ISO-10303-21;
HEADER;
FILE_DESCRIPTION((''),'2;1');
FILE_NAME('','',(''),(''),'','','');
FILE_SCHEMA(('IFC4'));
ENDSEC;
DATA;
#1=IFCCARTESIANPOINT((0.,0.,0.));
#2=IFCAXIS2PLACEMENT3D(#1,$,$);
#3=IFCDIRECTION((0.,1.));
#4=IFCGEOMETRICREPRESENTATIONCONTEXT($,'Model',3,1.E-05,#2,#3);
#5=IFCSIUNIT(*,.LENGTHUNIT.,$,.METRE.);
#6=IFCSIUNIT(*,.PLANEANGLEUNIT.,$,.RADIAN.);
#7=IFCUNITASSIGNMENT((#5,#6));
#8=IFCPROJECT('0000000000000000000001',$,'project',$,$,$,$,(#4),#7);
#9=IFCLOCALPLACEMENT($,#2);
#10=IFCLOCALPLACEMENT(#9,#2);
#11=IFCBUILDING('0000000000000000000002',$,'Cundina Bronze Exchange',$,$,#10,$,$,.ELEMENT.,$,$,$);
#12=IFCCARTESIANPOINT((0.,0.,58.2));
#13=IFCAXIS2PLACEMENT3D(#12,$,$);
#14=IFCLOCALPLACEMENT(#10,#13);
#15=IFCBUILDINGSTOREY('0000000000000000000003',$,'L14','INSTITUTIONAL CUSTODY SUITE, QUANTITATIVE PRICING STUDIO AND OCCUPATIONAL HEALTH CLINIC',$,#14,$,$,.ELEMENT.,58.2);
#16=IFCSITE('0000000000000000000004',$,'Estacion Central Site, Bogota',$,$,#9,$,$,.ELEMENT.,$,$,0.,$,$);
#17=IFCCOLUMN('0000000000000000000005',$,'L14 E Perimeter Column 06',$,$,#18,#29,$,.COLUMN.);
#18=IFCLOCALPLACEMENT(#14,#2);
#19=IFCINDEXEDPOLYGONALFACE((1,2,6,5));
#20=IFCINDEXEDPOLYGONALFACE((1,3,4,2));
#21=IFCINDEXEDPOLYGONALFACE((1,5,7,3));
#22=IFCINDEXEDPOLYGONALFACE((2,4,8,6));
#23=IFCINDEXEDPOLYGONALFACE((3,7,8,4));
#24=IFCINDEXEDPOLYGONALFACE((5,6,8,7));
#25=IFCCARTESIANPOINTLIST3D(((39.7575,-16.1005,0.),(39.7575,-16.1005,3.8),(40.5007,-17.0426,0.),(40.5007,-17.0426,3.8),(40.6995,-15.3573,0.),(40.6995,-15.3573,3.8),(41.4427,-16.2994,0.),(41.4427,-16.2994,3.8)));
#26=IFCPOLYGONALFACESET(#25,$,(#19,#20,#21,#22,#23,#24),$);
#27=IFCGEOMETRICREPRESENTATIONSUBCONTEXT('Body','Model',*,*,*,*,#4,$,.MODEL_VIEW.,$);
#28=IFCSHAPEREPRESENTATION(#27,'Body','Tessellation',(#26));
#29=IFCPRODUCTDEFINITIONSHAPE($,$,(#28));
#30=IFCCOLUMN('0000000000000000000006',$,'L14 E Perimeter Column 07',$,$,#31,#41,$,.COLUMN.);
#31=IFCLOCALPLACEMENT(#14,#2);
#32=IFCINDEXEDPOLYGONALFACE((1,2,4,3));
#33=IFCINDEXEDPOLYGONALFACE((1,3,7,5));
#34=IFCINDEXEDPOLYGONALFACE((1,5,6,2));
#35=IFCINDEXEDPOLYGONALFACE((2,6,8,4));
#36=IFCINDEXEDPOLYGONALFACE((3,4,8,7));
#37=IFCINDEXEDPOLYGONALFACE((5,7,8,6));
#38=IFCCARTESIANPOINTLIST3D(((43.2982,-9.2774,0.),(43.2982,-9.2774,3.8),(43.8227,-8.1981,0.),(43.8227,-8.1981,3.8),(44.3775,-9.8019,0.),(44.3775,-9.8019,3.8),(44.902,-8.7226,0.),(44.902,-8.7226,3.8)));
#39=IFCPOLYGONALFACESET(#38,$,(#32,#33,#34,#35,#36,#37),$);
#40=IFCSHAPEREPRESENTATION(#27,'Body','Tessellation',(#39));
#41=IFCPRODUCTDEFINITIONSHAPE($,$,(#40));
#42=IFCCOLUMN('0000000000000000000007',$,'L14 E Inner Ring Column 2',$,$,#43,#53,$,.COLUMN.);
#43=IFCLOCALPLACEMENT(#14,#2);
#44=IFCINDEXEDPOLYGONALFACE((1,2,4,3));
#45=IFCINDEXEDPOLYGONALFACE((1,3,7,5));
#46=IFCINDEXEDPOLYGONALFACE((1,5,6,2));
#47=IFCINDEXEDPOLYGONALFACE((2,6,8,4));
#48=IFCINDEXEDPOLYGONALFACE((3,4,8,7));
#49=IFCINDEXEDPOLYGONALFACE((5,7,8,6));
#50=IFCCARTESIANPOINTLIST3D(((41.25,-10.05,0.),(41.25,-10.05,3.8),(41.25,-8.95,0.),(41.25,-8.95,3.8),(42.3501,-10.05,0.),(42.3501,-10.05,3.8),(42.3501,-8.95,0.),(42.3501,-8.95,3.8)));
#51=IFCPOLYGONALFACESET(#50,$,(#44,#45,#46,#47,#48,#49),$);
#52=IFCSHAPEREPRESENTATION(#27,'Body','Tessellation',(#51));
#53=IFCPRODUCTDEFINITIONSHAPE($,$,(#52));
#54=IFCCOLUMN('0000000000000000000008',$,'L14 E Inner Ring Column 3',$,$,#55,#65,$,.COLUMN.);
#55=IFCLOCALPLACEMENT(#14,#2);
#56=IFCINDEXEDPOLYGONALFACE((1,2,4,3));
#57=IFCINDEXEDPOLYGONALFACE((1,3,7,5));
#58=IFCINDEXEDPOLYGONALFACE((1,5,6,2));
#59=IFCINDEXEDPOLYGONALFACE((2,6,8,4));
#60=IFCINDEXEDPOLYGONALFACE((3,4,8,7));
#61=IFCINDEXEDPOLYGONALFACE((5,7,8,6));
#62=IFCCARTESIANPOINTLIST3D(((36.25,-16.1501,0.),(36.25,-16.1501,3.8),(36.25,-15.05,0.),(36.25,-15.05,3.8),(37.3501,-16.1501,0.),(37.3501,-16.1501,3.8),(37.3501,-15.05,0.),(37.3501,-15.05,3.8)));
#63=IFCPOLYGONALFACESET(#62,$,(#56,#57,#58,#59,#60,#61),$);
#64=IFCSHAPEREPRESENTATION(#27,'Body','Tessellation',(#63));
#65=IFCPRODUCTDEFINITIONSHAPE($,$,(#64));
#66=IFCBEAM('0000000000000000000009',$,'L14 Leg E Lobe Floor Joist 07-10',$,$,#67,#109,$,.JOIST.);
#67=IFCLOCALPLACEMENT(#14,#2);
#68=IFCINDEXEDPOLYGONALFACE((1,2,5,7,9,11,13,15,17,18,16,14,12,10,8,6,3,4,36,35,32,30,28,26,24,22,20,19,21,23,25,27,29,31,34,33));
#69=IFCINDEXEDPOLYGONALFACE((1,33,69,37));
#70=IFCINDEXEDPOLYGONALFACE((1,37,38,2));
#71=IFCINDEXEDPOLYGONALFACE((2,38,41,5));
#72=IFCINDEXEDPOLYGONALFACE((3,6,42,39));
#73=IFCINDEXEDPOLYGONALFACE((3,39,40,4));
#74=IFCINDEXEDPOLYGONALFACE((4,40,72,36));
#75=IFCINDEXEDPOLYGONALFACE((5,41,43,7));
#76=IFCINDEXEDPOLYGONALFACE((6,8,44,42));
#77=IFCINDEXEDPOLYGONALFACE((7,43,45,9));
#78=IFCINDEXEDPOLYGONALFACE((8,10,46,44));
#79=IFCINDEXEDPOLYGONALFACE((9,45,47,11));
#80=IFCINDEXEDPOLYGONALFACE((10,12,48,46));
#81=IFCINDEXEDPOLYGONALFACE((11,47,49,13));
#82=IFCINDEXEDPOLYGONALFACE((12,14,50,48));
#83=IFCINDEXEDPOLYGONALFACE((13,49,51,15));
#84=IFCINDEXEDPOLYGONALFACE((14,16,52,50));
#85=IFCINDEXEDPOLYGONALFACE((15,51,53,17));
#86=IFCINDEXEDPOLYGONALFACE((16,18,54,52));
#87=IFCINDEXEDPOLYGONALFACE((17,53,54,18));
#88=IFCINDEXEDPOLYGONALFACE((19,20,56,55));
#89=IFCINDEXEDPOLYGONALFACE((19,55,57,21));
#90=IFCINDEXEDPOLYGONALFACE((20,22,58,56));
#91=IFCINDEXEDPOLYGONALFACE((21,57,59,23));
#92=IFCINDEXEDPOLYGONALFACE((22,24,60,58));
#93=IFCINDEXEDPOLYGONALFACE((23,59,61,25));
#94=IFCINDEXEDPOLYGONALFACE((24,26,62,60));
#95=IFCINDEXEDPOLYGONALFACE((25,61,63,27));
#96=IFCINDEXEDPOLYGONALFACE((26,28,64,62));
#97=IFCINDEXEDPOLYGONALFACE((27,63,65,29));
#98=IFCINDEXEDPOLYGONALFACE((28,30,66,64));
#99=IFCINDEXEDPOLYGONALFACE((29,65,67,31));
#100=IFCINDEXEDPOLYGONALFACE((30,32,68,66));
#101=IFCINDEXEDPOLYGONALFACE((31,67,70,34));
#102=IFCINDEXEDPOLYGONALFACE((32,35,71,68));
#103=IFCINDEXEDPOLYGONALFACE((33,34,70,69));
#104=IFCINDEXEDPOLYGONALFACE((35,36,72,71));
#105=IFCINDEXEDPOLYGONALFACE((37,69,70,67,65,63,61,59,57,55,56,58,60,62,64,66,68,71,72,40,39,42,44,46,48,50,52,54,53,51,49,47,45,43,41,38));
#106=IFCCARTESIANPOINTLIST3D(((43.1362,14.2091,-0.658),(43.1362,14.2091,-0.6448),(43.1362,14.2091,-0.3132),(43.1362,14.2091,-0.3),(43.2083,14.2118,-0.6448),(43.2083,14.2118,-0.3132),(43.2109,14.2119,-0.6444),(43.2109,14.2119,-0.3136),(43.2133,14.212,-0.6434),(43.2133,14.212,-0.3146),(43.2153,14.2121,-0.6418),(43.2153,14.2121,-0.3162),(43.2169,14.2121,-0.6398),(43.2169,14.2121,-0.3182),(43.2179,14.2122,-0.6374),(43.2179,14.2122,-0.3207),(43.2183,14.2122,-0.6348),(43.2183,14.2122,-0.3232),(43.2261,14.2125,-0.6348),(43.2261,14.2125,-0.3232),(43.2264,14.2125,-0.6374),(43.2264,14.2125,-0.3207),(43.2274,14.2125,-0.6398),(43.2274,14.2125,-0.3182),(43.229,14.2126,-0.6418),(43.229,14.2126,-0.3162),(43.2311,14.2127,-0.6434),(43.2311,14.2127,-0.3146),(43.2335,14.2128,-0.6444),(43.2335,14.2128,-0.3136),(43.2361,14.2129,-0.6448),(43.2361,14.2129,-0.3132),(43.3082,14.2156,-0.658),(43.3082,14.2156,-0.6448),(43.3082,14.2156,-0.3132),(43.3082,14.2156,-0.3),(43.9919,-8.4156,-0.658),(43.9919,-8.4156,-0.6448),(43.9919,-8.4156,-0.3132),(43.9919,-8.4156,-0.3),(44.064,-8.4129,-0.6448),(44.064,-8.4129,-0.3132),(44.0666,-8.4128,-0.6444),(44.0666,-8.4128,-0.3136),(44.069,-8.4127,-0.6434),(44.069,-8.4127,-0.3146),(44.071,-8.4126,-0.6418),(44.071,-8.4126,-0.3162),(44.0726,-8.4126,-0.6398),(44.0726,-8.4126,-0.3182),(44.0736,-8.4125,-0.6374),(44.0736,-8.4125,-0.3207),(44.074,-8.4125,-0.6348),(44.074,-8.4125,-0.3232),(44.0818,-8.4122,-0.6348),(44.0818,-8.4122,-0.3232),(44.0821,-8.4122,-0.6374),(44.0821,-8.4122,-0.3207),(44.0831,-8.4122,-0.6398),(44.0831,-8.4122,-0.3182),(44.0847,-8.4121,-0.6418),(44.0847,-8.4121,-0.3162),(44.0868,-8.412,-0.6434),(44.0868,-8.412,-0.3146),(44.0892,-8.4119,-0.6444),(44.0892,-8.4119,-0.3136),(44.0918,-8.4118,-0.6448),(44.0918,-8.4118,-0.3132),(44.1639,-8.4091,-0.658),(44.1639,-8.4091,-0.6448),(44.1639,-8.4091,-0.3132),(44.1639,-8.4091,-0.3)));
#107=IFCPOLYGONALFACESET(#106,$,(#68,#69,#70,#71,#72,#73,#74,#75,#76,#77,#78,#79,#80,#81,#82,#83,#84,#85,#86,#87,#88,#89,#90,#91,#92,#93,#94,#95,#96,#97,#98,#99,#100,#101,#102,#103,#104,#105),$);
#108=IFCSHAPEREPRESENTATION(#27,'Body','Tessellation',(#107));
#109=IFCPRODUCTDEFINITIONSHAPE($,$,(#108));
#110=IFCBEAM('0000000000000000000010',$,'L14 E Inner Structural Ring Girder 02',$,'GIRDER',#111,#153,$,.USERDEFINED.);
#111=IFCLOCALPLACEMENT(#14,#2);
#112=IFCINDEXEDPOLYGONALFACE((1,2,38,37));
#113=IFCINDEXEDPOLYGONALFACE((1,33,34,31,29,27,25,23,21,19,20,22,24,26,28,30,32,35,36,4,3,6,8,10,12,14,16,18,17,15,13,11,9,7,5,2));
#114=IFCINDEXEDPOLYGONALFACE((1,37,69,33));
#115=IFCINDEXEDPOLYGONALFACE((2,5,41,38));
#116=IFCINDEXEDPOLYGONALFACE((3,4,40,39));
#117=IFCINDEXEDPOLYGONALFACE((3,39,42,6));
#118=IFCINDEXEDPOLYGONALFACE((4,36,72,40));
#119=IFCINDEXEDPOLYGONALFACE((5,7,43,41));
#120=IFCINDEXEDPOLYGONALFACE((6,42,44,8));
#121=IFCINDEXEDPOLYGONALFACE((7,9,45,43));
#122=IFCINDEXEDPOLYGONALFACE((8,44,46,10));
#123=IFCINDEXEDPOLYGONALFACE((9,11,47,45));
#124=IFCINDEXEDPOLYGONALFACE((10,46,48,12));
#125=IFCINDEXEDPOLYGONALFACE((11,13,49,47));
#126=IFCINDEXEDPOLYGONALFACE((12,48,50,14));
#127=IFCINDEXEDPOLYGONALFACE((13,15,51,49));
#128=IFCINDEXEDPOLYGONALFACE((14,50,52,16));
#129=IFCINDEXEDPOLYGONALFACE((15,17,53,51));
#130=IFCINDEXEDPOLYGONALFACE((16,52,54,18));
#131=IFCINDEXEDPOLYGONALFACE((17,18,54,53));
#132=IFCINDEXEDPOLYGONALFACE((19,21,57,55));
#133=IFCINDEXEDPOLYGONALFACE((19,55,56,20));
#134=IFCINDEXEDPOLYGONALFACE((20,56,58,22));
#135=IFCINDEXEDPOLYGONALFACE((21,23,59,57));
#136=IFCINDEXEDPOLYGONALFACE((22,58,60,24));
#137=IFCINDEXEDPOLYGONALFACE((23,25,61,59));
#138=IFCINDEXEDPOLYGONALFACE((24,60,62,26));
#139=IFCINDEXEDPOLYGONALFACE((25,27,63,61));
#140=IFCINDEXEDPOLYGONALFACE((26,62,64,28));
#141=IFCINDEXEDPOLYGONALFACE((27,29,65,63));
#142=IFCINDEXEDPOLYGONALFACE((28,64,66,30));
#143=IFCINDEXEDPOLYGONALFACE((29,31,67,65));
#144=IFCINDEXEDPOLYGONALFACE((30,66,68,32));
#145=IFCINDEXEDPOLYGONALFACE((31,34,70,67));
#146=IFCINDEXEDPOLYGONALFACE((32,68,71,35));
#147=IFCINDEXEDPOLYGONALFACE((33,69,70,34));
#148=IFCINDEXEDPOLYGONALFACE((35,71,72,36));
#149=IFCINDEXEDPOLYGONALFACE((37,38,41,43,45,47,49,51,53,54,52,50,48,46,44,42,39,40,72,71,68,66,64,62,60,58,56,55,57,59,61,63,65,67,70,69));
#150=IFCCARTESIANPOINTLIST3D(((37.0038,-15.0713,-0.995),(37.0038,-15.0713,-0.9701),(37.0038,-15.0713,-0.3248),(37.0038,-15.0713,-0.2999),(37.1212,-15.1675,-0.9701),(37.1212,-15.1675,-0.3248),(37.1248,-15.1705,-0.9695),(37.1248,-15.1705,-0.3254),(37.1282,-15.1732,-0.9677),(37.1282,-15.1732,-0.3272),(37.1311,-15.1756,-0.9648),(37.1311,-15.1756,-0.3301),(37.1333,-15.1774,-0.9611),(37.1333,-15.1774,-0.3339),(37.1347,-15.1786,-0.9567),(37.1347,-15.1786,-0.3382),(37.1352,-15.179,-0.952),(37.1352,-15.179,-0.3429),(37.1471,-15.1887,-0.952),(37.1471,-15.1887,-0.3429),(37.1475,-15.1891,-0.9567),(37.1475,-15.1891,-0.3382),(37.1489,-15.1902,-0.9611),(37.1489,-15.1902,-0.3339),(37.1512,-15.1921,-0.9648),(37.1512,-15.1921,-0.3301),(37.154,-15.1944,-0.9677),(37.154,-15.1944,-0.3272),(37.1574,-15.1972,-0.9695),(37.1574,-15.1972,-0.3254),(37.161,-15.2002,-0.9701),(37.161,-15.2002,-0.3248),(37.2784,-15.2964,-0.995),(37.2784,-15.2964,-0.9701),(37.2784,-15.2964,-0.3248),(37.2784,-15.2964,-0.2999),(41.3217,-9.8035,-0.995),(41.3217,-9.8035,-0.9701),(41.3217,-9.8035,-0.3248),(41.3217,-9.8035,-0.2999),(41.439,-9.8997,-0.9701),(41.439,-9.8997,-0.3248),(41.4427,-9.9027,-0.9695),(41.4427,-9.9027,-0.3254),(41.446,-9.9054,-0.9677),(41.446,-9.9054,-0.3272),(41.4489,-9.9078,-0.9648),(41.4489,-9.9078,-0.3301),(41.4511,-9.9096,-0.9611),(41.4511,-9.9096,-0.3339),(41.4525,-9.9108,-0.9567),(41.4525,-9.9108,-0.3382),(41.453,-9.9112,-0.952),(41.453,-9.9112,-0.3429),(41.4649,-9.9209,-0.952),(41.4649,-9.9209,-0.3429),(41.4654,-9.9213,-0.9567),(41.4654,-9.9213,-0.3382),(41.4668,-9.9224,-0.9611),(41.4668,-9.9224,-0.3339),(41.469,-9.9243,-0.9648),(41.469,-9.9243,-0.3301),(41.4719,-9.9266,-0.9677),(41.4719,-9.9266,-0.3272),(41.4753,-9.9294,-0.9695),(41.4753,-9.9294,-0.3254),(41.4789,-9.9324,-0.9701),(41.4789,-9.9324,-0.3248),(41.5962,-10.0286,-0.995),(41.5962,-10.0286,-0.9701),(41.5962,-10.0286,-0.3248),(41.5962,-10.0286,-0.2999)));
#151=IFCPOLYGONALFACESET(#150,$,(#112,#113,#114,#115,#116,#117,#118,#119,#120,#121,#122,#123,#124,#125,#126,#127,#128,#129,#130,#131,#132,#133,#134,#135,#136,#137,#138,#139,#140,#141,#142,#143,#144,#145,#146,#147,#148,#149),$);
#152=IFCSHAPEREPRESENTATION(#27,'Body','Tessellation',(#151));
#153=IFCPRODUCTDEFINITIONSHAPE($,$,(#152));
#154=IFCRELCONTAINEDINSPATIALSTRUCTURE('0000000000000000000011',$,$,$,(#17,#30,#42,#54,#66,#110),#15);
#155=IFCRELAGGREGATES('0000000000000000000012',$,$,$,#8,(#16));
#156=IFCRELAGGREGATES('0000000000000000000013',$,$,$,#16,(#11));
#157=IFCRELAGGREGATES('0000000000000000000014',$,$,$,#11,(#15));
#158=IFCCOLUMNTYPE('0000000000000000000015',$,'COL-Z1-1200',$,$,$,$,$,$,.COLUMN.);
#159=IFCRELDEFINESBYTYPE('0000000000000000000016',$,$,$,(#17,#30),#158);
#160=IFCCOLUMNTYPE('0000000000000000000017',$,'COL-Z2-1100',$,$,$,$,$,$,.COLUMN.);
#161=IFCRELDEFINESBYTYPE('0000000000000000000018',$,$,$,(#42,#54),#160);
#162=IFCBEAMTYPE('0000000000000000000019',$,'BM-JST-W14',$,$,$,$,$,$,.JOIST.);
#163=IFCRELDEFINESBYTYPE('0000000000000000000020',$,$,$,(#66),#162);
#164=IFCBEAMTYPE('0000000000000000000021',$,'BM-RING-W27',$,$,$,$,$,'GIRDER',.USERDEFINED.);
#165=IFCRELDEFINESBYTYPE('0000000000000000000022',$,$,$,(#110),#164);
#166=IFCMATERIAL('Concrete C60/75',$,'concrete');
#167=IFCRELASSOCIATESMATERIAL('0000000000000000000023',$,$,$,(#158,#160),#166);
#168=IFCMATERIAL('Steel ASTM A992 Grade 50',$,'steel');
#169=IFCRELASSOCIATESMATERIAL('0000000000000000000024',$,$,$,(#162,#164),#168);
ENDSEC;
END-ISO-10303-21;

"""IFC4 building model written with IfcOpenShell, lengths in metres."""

from ifc_helpers import new_model, si_unit, direction, frame, origin, origin_2d, place, context, subcontext, project, spatial, rectangle, i_section, extrude, material, material_profile, profile_set, type_object, element, save


model = new_model("IFC4")

# Units and contexts
model_context = context("Model", 3, precision=1e-05, world=origin(), true_north=direction((0.0, 1.0)))
body_context = subcontext(model_context, "Body", "Model", "MODEL_VIEW")
ifc_project = project(units=[si_unit("LENGTHUNIT", "METRE"), si_unit("PLANEANGLEUNIT", "RADIAN")], contexts=[model_context])

# Site, building, storey
site_placement = place(None, origin())
site = spatial("IfcSite", under=ifc_project, at=site_placement, Name="Estacion Central Site, Bogota", CompositionType="ELEMENT", RefElevation=0.0)
building_placement = place(site_placement, origin())
building = spatial("IfcBuilding", under=site, at=building_placement, Name="Cundina Bronze Exchange", CompositionType="ELEMENT")
storey_placement = place(building_placement, frame((0.0, 0.0, 58.2)))
storey = spatial("IfcBuildingStorey", under=building, at=storey_placement, Name="L14", Description="INSTITUTIONAL CUSTODY SUITE, QUANTITATIVE PRICING STUDIO AND OCCUPATIONAL HEALTH CLINIC", CompositionType="ELEMENT", Elevation=58.2)

# Columns
ifc_material_1 = material(Name="Concrete C60/75", Category="concrete")
ifc_material_profile_1 = material_profile(ifc_material_1, rectangle(XDim=1.2, YDim=1.2, at=origin_2d()), Name="RC1200X1200", Category="concrete")
ifc_profile_set_1 = profile_set([ifc_material_profile_1], Name="Concrete C60/75")
column_type_1 = type_object("IfcColumnType", Name="COL-Z1-1200", PredefinedType="COLUMN", material=ifc_profile_set_1)
for number, where, z_axis, x_axis, name in (
    (1, (40.6001, -16.2, 0.0), (0.0, 0.0, 1.0), (0.785101, 0.619368, 0.0), "L14 E Perimeter Column 06"),
    (2, (44.1001, -9.0, 0.0), (0.0, 0.0, 1.0), (0.437116, 0.899405, 0.0), "L14 E Perimeter Column 07"),
):
    element("IfcColumn", number, at=place(storey_placement, frame(where, z_axis=z_axis, x_axis=x_axis)), inside=storey, type_object=column_type_1, Name=name, PredefinedType="COLUMN", context=body_context, shape_type="SweptSolid", body=[
        extrude(rectangle(XDim=1.2, YDim=1.2, at=origin_2d()), origin(), (0.0, 0.0, 1.0), 3.8),
    ])
ifc_material_profile_2 = material_profile(ifc_material_1, rectangle(XDim=1.1001, YDim=1.1001, at=origin_2d()), Name="RC1100X1100", Category="concrete")
ifc_profile_set_2 = profile_set([ifc_material_profile_2], Name="Concrete C60/75")
column_type_2 = type_object("IfcColumnType", Name="COL-Z2-1100", PredefinedType="COLUMN", material=ifc_profile_set_2)
for number, where, z_axis, x_axis, name in (
    (3, (41.8, -9.5, 0.0), (0.0, 0.0, 1.0), (1.0, 0.0, 0.0), "L14 E Inner Ring Column 2"),
    (4, (36.8, -15.6001, 0.0), (0.0, 0.0, 1.0), (1.0, 0.0, 0.0), "L14 E Inner Ring Column 3"),
):
    element("IfcColumn", number, at=place(storey_placement, frame(where, z_axis=z_axis, x_axis=x_axis)), inside=storey, type_object=column_type_2, Name=name, PredefinedType="COLUMN", context=body_context, shape_type="SweptSolid", body=[
        extrude(rectangle(XDim=1.1001, YDim=1.1001, at=origin_2d()), origin(), (0.0, 0.0, 1.0), 3.8),
    ])

# Beams
ifc_material_2 = material(Name="Steel ASTM A992 Grade 50", Category="steel")
ifc_material_profile_3 = material_profile(ifc_material_2, i_section(OverallWidth=0.1721, OverallDepth=0.3579, WebThickness=0.0078, FlangeThickness=0.0132, FilletRadius=0.01, at=origin_2d()), Name="W14X38", Category="steel")
ifc_profile_set_3 = profile_set([ifc_material_profile_3], Name="Steel ASTM A992 Grade 50")
beam_type_1 = type_object("IfcBeamType", Name="BM-JST-W14", PredefinedType="JOIST", material=ifc_profile_set_3)
beam_1_placement = place(storey_placement, frame((44.0779, -8.4124, -0.479), z_axis=(-0.037795, 0.999286, 0.0), x_axis=(-0.999286, -0.037795, 0.0)))
element("IfcBeam", 5, at=beam_1_placement, inside=storey, type_object=beam_type_1, Name="L14 Leg E Lobe Floor Joist 07-10", PredefinedType="JOIST", context=body_context, shape_type="SweptSolid", body=[
    extrude(i_section(OverallWidth=0.1721, OverallDepth=0.3579, WebThickness=0.0078, FlangeThickness=0.0132, FilletRadius=0.01, at=origin_2d()), origin(), (0.0, 0.0, 1.0), 22.6409),
])
ifc_material_profile_4 = material_profile(ifc_material_2, i_section(OverallWidth=0.355, OverallDepth=0.6951, WebThickness=0.0154, FlangeThickness=0.0249, FilletRadius=0.0181, at=origin_2d()), Name="W27X146", Category="steel")
ifc_profile_set_4 = profile_set([ifc_material_profile_4], Name="Steel ASTM A992 Grade 50")
beam_type_2 = type_object("IfcBeamType", Name="BM-RING-W27", ElementType="GIRDER", PredefinedType="USERDEFINED", material=ifc_profile_set_4)
beam_2_placement = place(storey_placement, frame((37.1411, -15.1838, -0.6475), z_axis=(0.633927, 0.773393, 0.0), x_axis=(-0.773393, 0.633927, 0.0)))
element("IfcBeam", 6, at=beam_2_placement, inside=storey, type_object=beam_type_2, Name="L14 E Inner Structural Ring Girder 02", ObjectType="GIRDER", PredefinedType="USERDEFINED", context=body_context, shape_type="SweptSolid", body=[
    extrude(i_section(OverallWidth=0.355, OverallDepth=0.6951, WebThickness=0.0154, FlangeThickness=0.0249, FilletRadius=0.0181, at=origin_2d()), origin(), (0.0, 0.0, 1.0), 6.8113),
])

save(model, "model.ifc")
